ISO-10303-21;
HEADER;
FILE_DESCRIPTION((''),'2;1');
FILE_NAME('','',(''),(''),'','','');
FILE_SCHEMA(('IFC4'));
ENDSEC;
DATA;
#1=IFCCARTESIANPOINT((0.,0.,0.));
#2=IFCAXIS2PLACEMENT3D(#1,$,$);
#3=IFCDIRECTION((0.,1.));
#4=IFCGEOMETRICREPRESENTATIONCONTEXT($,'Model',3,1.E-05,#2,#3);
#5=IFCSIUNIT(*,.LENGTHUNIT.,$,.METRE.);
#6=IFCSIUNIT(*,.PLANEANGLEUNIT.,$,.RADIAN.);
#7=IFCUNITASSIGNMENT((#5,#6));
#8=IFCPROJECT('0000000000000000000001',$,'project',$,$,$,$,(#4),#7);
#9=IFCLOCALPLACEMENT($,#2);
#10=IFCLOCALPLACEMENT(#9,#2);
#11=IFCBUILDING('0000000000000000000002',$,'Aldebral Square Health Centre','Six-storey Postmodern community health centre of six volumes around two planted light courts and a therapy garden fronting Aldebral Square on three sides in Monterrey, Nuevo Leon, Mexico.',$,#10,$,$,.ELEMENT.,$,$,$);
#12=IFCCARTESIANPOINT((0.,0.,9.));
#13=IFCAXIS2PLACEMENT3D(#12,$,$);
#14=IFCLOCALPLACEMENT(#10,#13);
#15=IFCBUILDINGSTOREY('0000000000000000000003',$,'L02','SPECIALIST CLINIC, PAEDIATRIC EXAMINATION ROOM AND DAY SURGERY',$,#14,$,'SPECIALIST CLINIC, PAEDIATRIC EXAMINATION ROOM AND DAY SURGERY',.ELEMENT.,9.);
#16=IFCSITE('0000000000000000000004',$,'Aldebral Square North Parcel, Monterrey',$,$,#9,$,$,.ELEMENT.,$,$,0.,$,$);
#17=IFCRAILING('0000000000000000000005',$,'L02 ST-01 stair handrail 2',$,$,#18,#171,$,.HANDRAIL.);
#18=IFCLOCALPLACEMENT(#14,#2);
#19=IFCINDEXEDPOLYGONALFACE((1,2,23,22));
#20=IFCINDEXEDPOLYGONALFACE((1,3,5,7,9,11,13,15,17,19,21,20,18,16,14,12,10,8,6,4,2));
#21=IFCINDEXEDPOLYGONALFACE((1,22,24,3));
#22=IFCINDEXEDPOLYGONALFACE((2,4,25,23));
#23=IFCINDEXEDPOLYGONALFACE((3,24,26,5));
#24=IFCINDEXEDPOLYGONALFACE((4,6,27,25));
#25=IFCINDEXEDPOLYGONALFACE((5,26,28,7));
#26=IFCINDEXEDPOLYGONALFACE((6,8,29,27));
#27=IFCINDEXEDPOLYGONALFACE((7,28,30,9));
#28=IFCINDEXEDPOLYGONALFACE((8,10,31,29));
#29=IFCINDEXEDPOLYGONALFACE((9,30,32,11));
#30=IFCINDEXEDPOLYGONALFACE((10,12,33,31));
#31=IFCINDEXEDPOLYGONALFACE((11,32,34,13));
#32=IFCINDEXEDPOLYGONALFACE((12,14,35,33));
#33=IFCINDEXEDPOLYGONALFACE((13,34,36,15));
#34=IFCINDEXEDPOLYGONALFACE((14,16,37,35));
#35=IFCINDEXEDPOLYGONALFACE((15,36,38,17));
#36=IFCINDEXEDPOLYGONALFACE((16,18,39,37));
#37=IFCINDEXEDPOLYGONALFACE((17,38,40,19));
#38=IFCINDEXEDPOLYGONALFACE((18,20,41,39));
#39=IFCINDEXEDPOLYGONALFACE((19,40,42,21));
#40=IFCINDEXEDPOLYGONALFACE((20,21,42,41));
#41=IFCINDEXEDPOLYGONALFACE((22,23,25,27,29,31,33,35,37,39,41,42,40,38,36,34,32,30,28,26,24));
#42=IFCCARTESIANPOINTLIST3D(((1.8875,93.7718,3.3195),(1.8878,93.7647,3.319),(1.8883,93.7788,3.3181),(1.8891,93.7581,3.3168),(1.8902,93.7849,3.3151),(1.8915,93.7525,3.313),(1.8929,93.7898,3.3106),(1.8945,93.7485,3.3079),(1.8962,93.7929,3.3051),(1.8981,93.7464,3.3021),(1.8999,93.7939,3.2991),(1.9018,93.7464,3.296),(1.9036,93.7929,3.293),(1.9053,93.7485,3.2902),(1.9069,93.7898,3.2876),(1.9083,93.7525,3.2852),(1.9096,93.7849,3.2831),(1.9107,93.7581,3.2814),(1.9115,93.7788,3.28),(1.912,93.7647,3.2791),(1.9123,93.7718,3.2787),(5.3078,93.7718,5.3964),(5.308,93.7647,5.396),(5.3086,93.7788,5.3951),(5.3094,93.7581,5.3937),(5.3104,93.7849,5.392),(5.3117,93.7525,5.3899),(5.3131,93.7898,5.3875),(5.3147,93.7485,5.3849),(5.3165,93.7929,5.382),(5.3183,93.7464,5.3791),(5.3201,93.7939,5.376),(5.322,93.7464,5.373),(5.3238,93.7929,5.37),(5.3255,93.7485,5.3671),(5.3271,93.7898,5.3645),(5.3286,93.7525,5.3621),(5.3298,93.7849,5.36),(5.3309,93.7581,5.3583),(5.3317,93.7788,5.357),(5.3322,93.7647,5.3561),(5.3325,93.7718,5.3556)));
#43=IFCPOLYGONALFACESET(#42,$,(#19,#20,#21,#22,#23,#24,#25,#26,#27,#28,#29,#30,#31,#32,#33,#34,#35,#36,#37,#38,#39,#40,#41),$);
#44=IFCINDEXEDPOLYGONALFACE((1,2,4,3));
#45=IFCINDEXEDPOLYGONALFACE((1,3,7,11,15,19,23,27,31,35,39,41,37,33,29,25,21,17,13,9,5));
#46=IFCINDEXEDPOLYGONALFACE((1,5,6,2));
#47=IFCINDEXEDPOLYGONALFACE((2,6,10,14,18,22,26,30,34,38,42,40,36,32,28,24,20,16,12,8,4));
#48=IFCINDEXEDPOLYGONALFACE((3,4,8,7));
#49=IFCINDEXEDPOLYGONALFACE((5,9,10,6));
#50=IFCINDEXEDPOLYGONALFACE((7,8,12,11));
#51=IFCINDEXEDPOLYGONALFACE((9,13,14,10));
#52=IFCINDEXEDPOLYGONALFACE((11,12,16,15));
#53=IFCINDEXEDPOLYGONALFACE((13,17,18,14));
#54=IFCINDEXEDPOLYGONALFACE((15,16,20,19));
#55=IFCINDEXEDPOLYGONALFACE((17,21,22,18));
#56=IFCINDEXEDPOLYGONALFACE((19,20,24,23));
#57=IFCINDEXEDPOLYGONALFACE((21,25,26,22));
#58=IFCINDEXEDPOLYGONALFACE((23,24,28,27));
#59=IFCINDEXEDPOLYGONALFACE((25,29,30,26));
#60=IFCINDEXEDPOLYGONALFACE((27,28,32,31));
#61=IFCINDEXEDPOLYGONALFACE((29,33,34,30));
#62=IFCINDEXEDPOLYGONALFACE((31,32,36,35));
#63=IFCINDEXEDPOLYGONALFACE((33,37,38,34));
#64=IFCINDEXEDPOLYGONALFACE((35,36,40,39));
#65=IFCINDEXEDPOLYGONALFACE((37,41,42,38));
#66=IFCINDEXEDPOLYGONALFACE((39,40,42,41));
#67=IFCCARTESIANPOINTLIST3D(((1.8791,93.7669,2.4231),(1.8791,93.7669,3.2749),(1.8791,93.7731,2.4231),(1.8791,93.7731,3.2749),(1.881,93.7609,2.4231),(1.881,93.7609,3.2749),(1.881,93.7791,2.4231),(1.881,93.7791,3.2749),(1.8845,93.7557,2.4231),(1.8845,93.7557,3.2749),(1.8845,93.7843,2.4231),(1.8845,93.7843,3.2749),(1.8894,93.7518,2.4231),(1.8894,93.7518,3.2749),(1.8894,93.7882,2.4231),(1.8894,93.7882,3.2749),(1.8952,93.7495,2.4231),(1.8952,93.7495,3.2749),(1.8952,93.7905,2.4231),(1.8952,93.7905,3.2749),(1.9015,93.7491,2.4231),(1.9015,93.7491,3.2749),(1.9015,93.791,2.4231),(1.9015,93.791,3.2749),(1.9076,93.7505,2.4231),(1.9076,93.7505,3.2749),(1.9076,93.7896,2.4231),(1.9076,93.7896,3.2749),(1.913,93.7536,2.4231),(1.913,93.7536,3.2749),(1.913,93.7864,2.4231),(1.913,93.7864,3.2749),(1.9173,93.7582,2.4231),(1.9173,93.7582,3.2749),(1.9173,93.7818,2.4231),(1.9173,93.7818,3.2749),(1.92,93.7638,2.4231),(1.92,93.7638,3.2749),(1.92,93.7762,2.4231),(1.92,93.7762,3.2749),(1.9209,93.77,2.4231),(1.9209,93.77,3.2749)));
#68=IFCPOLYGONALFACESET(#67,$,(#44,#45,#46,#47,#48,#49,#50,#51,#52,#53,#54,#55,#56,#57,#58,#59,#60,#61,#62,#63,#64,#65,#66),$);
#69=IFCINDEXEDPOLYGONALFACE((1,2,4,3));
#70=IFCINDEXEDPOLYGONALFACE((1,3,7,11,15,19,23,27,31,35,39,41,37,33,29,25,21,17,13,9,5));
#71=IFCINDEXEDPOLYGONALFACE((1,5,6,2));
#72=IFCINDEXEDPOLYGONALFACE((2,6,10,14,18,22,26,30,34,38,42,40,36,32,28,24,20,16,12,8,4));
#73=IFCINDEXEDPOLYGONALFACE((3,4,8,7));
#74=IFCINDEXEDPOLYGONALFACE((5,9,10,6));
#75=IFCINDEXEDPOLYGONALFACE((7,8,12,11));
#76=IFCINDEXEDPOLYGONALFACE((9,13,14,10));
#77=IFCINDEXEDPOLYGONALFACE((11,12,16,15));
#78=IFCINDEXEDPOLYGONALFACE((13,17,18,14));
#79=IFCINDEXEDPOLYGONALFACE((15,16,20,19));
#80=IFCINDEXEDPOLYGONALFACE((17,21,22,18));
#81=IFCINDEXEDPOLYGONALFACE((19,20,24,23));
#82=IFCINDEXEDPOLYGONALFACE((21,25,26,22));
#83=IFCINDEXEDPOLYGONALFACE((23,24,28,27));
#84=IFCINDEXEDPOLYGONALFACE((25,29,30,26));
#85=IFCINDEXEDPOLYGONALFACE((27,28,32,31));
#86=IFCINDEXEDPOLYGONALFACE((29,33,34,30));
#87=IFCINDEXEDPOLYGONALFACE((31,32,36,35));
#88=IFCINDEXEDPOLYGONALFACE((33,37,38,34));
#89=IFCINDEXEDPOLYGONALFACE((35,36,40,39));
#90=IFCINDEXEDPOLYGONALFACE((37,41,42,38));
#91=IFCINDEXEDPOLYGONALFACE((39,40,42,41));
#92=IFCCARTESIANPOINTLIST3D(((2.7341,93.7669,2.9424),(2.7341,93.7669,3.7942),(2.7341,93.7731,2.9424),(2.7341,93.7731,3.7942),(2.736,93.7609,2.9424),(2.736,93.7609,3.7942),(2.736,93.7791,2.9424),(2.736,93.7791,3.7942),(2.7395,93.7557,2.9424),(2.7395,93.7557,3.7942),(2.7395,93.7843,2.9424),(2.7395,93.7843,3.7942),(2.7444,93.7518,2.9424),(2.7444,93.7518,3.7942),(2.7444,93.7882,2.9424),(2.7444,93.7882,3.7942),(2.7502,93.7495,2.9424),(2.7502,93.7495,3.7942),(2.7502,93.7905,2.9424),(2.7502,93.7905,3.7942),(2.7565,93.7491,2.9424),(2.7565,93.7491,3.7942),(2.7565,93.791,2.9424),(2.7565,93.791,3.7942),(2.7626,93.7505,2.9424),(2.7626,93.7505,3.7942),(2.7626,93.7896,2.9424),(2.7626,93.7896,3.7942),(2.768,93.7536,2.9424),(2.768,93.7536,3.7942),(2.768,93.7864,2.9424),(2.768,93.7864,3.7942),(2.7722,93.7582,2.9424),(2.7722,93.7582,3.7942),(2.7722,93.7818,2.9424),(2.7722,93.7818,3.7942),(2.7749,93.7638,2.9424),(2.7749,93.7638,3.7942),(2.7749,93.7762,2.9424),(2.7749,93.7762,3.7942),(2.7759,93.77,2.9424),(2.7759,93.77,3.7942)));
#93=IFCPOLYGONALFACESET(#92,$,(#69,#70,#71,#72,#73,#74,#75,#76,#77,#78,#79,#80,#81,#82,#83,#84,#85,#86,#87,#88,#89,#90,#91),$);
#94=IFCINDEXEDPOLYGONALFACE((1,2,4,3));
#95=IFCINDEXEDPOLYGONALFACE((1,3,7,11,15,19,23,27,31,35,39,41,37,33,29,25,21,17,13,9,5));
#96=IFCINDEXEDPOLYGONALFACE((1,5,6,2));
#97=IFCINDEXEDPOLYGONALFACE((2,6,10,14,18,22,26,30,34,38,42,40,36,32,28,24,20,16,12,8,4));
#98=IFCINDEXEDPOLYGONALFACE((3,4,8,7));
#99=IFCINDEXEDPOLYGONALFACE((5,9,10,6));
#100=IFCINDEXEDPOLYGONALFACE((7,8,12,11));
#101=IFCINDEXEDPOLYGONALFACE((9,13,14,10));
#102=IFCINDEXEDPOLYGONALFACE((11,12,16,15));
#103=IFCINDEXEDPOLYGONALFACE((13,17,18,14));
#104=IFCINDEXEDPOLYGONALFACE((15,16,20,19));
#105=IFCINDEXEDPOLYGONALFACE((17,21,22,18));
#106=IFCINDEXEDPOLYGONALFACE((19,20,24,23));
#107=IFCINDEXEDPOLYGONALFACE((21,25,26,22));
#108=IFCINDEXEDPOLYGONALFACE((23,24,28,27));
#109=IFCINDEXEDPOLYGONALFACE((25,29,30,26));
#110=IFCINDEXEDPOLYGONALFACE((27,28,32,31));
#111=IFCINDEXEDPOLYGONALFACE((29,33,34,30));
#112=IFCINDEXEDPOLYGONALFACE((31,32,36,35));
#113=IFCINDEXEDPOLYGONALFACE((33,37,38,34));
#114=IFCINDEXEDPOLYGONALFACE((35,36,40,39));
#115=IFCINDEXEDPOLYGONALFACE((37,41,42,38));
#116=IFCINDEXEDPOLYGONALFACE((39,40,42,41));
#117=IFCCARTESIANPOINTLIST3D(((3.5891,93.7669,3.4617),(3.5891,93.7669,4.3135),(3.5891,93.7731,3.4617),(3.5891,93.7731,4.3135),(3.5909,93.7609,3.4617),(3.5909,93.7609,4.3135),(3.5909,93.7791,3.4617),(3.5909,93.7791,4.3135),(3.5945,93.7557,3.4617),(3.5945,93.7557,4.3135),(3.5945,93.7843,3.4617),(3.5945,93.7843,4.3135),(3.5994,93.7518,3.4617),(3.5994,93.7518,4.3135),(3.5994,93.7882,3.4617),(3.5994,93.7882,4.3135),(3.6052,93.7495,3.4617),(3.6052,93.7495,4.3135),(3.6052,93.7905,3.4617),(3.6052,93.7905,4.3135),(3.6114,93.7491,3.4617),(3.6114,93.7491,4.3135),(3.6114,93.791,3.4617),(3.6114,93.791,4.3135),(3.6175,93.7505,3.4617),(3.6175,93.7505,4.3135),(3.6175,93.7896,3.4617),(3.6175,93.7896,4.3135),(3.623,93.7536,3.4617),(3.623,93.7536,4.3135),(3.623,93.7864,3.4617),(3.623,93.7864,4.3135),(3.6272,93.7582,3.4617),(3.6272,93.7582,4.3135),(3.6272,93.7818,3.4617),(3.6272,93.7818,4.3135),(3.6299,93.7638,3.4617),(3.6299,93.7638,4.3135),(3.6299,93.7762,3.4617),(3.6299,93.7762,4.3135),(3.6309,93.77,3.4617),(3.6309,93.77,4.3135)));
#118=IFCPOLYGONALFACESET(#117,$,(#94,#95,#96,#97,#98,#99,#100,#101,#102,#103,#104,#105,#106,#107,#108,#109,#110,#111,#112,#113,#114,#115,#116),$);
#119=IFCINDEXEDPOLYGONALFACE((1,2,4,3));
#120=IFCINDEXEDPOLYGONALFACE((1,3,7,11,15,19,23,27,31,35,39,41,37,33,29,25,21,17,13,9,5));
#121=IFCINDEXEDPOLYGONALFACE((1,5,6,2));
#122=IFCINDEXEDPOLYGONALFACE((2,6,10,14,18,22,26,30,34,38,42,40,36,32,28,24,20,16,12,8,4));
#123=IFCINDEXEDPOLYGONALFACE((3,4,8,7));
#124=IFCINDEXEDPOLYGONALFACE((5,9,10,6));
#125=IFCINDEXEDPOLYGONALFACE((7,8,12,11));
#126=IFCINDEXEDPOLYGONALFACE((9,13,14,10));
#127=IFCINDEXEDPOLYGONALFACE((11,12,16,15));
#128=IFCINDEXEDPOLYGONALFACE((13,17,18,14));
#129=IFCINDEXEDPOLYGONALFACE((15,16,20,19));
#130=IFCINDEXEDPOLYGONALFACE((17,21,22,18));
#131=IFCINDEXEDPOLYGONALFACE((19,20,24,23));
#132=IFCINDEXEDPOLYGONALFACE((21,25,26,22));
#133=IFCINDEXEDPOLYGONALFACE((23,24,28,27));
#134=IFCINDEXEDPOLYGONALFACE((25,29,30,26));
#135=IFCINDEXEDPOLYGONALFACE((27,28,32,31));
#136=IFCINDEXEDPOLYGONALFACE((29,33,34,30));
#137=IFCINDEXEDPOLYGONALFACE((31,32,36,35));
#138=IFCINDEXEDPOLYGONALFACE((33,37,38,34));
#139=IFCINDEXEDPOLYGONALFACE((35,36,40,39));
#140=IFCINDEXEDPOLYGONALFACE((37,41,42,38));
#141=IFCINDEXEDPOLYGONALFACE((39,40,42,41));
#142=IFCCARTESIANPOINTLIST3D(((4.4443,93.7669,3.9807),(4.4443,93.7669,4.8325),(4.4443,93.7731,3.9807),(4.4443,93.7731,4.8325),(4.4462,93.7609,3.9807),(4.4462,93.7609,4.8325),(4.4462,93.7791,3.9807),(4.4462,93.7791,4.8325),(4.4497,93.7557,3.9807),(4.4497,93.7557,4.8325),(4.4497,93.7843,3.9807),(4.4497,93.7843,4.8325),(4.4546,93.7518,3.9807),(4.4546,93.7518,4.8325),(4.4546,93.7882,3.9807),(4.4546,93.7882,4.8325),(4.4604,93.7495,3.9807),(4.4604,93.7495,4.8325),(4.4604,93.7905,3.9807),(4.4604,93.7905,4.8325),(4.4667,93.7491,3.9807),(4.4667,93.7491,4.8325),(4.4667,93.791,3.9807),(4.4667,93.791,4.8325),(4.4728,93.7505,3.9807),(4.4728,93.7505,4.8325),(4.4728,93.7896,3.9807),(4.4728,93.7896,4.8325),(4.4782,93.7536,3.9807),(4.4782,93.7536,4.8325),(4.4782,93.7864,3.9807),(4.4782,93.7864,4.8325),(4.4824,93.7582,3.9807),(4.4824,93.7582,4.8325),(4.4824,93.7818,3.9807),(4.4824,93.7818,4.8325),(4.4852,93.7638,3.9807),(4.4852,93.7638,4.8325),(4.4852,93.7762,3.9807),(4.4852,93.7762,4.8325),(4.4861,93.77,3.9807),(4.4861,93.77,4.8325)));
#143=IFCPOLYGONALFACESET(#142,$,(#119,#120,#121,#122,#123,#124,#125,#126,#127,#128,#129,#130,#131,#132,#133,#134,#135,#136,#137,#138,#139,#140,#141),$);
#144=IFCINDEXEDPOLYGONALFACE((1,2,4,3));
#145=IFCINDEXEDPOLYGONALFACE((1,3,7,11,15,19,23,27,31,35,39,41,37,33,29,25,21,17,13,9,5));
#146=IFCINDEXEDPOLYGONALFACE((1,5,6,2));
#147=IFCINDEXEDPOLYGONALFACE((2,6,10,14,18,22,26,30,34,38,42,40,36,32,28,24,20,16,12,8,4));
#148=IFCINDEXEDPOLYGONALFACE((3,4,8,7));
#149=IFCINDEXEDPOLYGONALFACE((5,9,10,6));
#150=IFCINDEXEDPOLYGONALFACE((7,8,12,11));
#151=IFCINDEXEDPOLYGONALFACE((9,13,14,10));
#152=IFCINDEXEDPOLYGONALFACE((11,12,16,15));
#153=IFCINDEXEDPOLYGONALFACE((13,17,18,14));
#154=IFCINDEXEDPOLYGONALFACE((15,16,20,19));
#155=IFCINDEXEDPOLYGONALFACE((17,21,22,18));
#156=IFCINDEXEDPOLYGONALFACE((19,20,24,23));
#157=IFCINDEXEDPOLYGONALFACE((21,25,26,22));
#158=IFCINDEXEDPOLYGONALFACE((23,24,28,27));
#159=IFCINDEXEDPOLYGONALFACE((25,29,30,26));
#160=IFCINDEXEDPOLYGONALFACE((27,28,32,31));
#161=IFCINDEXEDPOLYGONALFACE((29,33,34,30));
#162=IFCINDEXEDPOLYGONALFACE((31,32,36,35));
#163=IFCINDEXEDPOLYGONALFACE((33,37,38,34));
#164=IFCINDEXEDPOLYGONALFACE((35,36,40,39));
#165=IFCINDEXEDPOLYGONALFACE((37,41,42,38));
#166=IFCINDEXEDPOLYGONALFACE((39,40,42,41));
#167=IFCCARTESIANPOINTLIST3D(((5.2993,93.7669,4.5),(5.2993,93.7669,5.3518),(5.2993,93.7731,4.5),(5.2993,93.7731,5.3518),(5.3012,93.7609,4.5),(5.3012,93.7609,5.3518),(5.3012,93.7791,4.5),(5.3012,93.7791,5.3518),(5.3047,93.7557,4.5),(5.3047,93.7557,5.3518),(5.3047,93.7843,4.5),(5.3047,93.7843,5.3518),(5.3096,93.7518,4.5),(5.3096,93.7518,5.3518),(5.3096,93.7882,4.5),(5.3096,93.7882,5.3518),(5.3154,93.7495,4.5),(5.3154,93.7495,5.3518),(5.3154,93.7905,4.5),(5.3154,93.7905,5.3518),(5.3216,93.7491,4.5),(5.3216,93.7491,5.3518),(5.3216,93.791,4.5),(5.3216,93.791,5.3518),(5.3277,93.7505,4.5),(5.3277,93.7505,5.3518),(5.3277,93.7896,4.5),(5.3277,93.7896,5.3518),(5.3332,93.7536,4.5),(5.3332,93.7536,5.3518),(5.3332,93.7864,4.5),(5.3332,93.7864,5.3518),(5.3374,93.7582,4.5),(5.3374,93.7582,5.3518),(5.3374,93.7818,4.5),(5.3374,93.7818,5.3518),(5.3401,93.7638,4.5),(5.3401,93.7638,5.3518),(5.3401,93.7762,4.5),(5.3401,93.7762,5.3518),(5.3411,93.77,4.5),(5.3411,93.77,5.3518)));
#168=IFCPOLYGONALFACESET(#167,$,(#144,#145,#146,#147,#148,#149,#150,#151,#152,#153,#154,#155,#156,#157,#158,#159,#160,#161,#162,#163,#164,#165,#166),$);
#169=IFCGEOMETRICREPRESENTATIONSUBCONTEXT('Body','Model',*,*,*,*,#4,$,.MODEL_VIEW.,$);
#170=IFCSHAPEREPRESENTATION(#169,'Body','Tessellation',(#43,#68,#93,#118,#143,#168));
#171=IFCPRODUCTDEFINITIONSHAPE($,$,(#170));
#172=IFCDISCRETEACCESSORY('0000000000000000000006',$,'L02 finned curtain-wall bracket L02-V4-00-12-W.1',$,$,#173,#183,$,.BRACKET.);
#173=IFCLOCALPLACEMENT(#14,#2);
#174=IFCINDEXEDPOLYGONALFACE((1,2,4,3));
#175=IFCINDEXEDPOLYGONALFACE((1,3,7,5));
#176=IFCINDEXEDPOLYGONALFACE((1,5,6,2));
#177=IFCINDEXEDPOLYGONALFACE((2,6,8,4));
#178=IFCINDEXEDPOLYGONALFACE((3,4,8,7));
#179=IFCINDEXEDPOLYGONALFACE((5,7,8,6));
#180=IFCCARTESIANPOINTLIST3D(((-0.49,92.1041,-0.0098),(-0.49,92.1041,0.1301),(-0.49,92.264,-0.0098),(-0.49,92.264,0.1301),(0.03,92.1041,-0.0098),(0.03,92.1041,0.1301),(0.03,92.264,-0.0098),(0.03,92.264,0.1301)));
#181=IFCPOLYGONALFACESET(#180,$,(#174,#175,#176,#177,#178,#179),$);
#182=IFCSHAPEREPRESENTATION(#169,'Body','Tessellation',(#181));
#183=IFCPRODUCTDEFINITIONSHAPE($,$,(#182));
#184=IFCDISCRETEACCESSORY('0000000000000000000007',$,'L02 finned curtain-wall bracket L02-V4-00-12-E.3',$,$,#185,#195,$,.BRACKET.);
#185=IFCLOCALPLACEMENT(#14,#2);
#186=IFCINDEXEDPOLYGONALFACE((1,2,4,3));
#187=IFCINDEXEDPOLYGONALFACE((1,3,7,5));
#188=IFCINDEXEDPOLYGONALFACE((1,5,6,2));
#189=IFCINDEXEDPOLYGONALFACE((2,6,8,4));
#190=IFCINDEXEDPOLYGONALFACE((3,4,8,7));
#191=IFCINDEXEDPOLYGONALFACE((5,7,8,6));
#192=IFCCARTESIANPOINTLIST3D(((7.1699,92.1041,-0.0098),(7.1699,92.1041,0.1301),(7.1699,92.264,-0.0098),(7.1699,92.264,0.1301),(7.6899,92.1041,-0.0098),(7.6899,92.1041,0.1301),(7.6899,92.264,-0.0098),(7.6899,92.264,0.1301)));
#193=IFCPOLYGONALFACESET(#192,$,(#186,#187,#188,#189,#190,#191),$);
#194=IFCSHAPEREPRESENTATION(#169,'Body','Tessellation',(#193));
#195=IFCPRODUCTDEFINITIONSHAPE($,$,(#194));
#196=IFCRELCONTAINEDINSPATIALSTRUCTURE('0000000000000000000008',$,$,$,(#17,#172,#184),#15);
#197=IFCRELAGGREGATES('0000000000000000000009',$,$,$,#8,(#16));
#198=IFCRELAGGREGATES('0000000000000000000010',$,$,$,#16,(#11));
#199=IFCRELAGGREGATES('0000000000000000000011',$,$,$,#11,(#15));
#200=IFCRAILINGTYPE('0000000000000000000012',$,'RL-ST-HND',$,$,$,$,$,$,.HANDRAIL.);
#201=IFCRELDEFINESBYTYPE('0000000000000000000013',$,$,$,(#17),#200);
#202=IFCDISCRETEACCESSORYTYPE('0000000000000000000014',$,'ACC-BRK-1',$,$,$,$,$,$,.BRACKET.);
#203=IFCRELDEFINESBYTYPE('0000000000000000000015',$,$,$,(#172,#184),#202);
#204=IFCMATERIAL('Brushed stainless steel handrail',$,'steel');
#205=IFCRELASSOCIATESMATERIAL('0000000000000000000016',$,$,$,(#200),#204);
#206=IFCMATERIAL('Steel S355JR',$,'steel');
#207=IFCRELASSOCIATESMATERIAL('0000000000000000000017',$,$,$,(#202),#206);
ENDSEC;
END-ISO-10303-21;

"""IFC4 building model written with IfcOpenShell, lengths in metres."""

from ifc_helpers import new_model, si_unit, direction, frame, origin, origin_2d, place, context, subcontext, project, spatial, rectangle, circle, extrude, material, type_object, element, save


model = new_model("IFC4")

# Units and contexts
model_context = context("Model", 3, precision=1e-05, world=origin(), true_north=direction((0.0, 1.0)))
body_context = subcontext(model_context, "Body", "Model", "MODEL_VIEW")
ifc_project = project(units=[si_unit("LENGTHUNIT", "METRE"), si_unit("PLANEANGLEUNIT", "RADIAN")], contexts=[model_context])

# Site, building, storey
site_placement = place(None, origin())
site = spatial("IfcSite", under=ifc_project, at=site_placement, Name="Aldebral Square North Parcel, Monterrey", CompositionType="ELEMENT", RefElevation=0.0)
building_placement = place(site_placement, origin())
building = spatial("IfcBuilding", under=site, at=building_placement, Name="Aldebral Square Health Centre", Description="Six-storey Postmodern community health centre of six volumes around two planted light courts and a therapy garden fronting Aldebral Square on three sides in Monterrey, Nuevo Leon, Mexico.", CompositionType="ELEMENT")
storey_placement = place(building_placement, frame((0.0, 0.0, 9.0)))
storey = spatial("IfcBuildingStorey", under=building, at=storey_placement, Name="L02", Description="SPECIALIST CLINIC, PAEDIATRIC EXAMINATION ROOM AND DAY SURGERY", LongName="SPECIALIST CLINIC, PAEDIATRIC EXAMINATION ROOM AND DAY SURGERY", CompositionType="ELEMENT", Elevation=9.0)

# Railing
ifc_material_1 = material(Name="Brushed stainless steel handrail", Category="steel")
railing_type_1 = type_object("IfcRailingType", Name="RL-ST-HND", PredefinedType="HANDRAIL", material=ifc_material_1)
railing_1_placement = place(storey_placement, frame((1.8999, 93.77, 2.4231)))
element("IfcRailing", 1, at=railing_1_placement, inside=storey, type_object=railing_type_1, Name="L02 ST-01 stair handrail 2", PredefinedType="HANDRAIL", context=body_context, shape_type="SweptSolid", body=[
    extrude(circle(Radius=0.0239, at=origin_2d()), frame((0.0, 0.0, 0.876), z_axis=(0.854746, 0.0, 0.519047), x_axis=(0.0, 1.0, 0.0)), (0.0, 0.0, 1.0), 4.0015),
    extrude(circle(Radius=0.021, at=origin_2d()), origin(), (0.0, 0.0, 1.0), 0.8518),
    extrude(circle(Radius=0.021, at=origin_2d()), frame((0.855, 0.0, 0.5193)), (0.0, 0.0, 1.0), 0.8518),
    extrude(circle(Radius=0.021, at=origin_2d()), frame((1.71, 0.0, 1.0386)), (0.0, 0.0, 1.0), 0.8518),
    extrude(circle(Radius=0.021, at=origin_2d()), frame((2.5652, 0.0, 1.5576)), (0.0, 0.0, 1.0), 0.8518),
    extrude(circle(Radius=0.021, at=origin_2d()), frame((3.4202, 0.0, 2.0769)), (0.0, 0.0, 1.0), 0.8518),
])

# Discrete accessories
ifc_material_2 = material(Name="Steel S355JR", Category="steel")
discrete_accessory_type = type_object("IfcDiscreteAccessoryType", Name="ACC-BRK-1", PredefinedType="BRACKET", material=ifc_material_2)
for number, where, z_axis, x_axis, name in (
    (2, (-0.23, 92.1841, -0.0098), (0.0, 0.0, 1.0), (0.0, 1.0, 0.0), "L02 finned curtain-wall bracket L02-V4-00-12-W.1"),
    (3, (7.4299, 92.1841, -0.0098), (0.0, 0.0, 1.0), (0.0, 1.0, 0.0), "L02 finned curtain-wall bracket L02-V4-00-12-E.3"),
):
    element("IfcDiscreteAccessory", number, at=place(storey_placement, frame(where, z_axis=z_axis, x_axis=x_axis)), inside=storey, type_object=discrete_accessory_type, Name=name, PredefinedType="BRACKET", context=body_context, shape_type="SweptSolid", body=[
        extrude(rectangle(XDim=0.1599, YDim=0.52, at=origin_2d()), origin(), (0.0, 0.0, 1.0), 0.1399),
    ])

save(model, "model.ifc")
